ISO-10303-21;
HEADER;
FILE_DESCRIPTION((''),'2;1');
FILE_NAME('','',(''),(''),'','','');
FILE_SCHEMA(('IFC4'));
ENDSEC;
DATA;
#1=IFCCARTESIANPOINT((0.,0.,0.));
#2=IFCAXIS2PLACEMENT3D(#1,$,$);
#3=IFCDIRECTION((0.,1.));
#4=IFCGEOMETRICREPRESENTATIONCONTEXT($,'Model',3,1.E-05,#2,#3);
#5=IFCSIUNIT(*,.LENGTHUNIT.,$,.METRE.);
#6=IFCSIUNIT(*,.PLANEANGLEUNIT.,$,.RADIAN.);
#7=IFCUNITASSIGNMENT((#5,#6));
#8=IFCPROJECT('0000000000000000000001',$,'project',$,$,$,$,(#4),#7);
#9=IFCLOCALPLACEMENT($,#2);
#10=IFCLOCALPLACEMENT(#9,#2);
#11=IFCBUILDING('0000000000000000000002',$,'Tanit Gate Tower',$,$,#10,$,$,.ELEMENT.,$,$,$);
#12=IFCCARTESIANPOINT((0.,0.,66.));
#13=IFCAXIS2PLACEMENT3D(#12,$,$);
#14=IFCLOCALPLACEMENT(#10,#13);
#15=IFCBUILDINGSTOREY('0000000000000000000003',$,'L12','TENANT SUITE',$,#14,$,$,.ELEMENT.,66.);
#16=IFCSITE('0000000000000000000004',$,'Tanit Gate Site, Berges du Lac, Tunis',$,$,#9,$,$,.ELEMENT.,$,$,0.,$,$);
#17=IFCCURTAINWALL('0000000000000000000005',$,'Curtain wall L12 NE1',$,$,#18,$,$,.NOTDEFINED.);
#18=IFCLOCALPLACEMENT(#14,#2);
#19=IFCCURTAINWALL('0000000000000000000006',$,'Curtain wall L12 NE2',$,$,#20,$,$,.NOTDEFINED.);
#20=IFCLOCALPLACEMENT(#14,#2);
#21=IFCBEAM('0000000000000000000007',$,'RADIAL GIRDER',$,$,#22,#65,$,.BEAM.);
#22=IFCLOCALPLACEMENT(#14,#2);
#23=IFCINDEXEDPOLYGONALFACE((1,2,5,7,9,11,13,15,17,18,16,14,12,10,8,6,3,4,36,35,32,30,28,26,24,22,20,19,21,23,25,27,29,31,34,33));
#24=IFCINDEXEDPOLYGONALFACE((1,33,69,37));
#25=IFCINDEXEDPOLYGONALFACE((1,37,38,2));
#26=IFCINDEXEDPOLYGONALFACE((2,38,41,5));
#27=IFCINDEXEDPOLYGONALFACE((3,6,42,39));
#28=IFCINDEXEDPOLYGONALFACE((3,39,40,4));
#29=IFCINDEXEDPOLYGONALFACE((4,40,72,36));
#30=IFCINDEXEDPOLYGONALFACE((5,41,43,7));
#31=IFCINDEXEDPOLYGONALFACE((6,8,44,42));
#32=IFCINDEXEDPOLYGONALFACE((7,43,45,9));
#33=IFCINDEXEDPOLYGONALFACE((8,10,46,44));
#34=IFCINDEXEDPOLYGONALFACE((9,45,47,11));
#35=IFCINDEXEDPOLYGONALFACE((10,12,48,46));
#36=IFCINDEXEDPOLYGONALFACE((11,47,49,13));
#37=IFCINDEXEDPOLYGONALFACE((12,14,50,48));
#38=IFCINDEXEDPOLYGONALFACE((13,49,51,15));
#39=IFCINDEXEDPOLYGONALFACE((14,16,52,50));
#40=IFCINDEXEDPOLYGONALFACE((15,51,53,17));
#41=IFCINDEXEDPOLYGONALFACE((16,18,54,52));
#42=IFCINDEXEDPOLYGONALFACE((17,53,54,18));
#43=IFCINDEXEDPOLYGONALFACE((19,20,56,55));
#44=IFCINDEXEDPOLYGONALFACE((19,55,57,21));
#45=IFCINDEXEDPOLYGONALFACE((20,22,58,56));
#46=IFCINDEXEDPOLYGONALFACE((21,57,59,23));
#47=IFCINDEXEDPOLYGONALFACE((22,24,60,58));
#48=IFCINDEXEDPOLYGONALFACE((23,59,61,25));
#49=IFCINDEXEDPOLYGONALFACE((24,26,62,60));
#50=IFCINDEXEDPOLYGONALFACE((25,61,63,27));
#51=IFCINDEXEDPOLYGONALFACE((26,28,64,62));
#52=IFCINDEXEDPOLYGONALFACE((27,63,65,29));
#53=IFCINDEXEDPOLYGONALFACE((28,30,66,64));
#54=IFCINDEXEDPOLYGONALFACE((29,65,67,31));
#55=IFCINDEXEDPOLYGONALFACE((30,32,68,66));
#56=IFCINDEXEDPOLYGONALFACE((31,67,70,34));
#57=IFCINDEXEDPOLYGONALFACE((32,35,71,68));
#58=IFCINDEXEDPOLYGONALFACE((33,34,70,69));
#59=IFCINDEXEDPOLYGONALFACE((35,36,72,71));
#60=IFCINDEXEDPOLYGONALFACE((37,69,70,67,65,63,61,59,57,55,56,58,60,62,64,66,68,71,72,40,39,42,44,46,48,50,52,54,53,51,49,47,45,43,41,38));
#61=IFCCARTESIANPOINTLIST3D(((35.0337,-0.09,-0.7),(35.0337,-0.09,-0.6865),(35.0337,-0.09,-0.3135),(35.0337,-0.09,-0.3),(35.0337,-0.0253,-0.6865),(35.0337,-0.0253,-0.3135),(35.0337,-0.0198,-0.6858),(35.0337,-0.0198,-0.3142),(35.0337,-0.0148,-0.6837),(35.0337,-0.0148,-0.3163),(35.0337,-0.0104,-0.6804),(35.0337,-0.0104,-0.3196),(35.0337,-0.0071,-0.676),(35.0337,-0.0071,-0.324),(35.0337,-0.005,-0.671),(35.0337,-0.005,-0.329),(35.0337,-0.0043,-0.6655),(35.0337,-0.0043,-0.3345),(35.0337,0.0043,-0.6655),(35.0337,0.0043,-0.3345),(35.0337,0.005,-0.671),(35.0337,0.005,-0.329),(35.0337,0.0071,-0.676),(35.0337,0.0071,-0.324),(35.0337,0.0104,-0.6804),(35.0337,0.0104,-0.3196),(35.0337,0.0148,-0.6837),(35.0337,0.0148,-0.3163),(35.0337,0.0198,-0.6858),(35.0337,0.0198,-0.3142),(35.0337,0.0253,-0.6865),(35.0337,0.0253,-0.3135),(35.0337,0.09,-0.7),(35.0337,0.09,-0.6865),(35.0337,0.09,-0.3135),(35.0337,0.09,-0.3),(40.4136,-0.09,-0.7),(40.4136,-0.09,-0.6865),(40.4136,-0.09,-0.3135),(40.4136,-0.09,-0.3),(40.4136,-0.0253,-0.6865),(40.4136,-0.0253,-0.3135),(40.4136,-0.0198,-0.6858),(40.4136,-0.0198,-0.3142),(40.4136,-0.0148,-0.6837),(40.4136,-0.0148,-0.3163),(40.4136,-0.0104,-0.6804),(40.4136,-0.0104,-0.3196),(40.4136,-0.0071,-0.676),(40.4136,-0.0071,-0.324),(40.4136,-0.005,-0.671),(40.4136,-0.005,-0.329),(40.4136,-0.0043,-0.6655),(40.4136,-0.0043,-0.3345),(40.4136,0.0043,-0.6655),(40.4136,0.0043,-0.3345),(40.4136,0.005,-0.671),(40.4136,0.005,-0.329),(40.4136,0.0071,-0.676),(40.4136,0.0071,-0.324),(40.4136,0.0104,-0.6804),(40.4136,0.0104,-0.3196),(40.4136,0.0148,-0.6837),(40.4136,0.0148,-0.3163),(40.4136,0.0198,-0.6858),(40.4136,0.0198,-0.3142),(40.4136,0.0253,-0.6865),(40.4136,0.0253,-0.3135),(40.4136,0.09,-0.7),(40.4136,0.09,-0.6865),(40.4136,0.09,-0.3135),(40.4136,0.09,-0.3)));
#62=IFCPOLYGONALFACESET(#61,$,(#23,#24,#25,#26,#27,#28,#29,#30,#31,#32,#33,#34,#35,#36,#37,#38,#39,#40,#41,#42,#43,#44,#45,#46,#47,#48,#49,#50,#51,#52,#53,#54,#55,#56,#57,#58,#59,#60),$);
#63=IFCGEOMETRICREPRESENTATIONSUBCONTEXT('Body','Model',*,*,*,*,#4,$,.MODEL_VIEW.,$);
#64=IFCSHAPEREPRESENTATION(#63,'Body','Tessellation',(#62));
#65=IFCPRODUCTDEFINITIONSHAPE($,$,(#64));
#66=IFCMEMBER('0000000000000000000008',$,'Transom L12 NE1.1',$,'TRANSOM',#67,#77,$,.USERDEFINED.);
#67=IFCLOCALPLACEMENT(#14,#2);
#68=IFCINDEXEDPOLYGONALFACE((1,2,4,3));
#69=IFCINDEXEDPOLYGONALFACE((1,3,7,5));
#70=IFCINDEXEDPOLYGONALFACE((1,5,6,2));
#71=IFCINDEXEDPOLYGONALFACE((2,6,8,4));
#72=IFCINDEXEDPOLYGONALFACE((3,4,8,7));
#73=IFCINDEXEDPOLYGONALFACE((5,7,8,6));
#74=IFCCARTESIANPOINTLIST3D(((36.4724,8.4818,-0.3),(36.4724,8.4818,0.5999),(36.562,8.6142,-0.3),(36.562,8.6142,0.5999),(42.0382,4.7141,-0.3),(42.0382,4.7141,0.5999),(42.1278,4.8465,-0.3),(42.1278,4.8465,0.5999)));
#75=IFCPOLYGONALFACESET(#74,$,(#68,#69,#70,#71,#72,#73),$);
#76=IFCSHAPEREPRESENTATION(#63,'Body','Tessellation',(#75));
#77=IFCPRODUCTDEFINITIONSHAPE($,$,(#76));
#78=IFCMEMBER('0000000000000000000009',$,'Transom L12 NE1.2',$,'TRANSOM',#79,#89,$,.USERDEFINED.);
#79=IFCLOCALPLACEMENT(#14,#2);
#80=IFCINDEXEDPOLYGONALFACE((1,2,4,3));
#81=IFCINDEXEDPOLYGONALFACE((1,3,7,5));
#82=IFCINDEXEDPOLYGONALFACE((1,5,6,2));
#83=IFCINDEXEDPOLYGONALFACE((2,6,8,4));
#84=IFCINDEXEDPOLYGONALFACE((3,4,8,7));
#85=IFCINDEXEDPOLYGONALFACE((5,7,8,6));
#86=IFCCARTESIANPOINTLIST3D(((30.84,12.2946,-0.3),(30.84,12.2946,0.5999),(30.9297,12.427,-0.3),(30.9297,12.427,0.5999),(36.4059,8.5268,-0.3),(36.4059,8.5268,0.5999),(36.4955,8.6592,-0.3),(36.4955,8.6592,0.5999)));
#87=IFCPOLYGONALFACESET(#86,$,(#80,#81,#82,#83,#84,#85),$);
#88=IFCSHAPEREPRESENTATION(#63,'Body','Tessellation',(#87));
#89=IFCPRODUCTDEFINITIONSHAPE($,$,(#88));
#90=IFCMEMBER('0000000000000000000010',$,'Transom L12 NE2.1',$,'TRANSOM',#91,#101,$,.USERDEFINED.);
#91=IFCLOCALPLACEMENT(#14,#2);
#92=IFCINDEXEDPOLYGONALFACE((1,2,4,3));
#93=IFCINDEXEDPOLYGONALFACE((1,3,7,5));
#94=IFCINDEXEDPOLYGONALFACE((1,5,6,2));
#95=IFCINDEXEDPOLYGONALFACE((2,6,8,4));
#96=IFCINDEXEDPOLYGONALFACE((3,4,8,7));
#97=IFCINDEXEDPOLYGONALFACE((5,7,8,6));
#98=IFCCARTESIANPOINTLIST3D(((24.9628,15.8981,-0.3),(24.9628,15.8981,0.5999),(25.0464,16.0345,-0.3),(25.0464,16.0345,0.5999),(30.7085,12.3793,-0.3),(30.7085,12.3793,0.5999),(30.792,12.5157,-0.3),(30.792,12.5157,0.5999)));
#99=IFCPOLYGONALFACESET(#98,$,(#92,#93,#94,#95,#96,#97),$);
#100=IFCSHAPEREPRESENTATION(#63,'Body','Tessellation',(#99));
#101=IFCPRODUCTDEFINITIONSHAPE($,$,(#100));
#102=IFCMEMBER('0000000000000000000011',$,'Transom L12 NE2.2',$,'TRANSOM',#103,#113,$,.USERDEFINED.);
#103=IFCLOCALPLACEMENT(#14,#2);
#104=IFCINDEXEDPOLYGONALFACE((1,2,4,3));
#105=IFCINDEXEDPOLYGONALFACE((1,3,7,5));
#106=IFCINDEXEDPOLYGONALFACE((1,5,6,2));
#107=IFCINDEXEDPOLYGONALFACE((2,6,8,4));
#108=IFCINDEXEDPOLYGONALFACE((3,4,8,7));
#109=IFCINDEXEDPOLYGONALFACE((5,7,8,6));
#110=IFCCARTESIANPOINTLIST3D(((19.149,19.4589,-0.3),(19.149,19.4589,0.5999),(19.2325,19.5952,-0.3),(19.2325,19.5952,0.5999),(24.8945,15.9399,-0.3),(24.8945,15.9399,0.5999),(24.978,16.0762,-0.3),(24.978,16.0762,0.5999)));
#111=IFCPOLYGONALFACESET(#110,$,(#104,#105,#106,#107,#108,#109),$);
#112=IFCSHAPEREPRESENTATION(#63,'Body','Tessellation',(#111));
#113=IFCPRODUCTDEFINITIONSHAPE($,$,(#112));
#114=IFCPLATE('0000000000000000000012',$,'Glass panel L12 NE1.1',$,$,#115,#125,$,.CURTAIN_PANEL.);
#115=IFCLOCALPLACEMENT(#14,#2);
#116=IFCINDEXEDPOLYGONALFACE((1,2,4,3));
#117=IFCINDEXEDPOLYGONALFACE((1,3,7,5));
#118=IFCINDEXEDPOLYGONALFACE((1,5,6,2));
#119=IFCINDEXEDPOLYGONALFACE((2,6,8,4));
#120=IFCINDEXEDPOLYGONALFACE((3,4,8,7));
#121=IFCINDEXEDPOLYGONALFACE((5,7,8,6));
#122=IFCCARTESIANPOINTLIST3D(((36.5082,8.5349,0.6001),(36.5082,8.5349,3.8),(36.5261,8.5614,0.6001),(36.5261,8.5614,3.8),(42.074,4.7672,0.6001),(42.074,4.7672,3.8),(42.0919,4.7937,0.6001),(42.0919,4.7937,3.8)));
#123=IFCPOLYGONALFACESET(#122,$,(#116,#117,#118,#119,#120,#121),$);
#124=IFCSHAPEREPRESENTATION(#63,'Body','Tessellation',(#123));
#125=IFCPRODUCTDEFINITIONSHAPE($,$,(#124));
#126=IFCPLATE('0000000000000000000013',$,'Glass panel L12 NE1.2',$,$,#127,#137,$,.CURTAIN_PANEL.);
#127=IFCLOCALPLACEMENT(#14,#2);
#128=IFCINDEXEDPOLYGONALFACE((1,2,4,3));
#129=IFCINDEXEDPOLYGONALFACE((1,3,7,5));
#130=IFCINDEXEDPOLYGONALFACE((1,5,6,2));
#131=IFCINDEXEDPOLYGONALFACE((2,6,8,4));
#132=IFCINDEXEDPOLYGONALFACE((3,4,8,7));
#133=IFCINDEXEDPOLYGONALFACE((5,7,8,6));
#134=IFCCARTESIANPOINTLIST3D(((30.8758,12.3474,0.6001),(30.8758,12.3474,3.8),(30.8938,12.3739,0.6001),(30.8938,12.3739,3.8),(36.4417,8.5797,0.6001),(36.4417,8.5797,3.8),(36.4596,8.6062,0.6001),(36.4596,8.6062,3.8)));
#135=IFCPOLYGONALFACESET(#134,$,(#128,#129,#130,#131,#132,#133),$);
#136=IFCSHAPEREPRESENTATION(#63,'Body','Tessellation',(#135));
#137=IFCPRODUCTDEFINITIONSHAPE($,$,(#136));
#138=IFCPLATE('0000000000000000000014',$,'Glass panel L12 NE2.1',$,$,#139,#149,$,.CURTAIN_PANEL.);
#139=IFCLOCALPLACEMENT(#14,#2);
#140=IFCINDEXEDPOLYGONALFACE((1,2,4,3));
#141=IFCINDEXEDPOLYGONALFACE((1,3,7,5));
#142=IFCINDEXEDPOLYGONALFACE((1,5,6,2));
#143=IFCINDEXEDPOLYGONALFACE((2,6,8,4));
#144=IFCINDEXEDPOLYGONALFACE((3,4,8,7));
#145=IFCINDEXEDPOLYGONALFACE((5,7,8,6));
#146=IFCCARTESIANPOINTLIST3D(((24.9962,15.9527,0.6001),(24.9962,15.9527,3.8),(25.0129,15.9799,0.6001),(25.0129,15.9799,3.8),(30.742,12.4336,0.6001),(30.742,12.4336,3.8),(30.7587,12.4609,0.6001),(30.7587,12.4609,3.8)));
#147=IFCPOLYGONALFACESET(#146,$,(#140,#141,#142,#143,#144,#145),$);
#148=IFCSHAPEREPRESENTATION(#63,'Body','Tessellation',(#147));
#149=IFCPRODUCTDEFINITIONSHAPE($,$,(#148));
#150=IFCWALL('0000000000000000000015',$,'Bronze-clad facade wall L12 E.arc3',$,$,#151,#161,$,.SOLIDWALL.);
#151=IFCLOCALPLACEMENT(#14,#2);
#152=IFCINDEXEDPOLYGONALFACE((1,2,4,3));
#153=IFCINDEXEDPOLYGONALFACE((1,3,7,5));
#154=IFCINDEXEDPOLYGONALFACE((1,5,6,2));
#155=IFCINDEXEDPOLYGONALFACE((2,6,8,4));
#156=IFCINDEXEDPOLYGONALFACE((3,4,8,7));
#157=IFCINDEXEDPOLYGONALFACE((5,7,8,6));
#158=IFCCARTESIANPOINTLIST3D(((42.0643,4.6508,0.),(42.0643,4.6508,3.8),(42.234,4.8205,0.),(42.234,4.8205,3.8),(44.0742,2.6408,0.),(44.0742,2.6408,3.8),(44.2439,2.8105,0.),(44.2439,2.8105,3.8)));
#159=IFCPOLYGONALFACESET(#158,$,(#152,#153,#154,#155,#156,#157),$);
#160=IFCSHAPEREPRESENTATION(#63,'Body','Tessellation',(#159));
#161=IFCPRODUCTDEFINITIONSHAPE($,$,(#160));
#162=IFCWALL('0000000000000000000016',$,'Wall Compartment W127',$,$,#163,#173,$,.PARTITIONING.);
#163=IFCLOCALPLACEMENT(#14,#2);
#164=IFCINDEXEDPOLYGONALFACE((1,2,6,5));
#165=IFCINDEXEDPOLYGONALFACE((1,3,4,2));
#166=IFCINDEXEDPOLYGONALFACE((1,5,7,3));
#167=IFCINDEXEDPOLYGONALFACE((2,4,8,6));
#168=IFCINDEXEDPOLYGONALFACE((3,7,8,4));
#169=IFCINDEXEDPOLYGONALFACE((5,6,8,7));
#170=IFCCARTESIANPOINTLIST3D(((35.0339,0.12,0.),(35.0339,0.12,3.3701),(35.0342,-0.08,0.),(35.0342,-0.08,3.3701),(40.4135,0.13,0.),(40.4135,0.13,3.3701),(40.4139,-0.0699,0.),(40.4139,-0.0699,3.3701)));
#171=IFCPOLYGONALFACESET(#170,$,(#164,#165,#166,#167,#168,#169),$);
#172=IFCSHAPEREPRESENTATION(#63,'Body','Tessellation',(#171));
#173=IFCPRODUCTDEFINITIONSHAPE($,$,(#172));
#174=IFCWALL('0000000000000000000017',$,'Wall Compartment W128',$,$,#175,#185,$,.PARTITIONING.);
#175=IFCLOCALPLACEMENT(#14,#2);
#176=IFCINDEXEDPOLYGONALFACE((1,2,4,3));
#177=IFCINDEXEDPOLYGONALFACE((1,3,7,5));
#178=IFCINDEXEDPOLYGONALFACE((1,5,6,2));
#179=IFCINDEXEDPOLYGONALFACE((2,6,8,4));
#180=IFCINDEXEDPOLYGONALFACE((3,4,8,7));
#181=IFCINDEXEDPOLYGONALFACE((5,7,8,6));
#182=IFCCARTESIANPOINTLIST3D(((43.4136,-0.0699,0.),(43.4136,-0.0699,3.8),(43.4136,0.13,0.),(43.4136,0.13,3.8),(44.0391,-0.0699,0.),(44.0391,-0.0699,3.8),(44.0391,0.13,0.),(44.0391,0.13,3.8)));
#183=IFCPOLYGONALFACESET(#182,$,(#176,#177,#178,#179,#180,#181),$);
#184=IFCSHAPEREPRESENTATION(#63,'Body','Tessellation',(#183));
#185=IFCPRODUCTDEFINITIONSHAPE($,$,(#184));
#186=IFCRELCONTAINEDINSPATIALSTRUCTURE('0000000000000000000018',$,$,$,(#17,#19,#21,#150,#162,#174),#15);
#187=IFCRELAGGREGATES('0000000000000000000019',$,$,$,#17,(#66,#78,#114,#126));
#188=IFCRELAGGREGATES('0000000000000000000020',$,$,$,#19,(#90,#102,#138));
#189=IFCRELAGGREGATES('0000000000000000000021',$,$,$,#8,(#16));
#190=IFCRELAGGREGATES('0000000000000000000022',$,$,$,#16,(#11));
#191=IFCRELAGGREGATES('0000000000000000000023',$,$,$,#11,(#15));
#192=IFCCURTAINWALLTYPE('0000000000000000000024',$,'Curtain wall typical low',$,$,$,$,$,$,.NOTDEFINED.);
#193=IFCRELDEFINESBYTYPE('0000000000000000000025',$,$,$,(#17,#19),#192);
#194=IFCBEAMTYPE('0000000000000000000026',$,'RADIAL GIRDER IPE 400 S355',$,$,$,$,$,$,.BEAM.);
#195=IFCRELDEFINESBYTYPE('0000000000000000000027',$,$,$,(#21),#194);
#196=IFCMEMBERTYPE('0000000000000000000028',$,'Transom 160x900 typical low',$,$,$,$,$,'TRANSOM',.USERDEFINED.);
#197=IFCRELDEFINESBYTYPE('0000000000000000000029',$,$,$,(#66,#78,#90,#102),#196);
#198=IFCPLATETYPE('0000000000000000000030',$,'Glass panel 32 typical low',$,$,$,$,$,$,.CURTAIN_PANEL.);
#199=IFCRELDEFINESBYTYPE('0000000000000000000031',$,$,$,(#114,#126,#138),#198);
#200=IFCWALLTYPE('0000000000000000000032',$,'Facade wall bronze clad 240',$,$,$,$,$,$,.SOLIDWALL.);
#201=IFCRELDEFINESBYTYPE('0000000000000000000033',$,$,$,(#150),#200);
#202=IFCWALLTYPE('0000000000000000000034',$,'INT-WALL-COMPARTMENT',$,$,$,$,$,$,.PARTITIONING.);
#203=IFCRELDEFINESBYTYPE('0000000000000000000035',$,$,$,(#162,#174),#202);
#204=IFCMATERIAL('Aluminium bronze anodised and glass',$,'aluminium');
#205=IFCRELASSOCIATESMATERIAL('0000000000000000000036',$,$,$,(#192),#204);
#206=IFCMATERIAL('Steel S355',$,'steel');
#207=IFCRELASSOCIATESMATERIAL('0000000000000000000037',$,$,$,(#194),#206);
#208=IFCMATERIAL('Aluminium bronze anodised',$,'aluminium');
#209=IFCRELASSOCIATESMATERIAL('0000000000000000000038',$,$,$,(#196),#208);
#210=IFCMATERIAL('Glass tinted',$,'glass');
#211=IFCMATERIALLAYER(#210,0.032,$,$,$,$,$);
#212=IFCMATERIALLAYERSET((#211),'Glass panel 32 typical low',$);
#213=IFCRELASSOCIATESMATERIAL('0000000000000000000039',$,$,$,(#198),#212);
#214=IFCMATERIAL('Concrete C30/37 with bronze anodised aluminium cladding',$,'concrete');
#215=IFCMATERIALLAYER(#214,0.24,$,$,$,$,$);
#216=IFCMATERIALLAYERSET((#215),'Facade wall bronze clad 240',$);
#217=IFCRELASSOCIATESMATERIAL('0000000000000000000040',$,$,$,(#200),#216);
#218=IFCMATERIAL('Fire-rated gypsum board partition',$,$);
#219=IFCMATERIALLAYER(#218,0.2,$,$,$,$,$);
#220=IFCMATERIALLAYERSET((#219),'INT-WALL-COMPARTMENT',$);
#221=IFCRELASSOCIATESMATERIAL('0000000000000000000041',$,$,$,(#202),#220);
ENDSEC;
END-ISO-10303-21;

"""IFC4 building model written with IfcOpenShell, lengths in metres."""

from ifc_helpers import new_model, si_unit, direction, frame, frame_2d, origin, origin_2d, place, context, subcontext, project, spatial, rectangle, i_section, extrude, material, layer, layer_set, material_profile, profile_set, type_object, element, aggregate, save


model = new_model("IFC4")

# Units and contexts
model_context = context("Model", 3, precision=1e-05, world=origin(), true_north=direction((0.0, 1.0)))
body_context = subcontext(model_context, "Body", "Model", "MODEL_VIEW")
ifc_project = project(units=[si_unit("LENGTHUNIT", "METRE"), si_unit("PLANEANGLEUNIT", "RADIAN")], contexts=[model_context])

# Site, building, storey
site_placement = place(None, origin())
site = spatial("IfcSite", under=ifc_project, at=site_placement, Name="Tanit Gate Site, Berges du Lac, Tunis", CompositionType="ELEMENT", RefElevation=0.0)
building_placement = place(site_placement, origin())
building = spatial("IfcBuilding", under=site, at=building_placement, Name="Tanit Gate Tower", CompositionType="ELEMENT")
storey_placement = place(building_placement, frame((0.0, 0.0, 66.0)))
storey = spatial("IfcBuildingStorey", under=building, at=storey_placement, Name="L12", Description="TENANT SUITE", CompositionType="ELEMENT", Elevation=66.0)

# Curtain walls
ifc_material_1 = material(Name="Aluminium bronze anodised and glass", Category="aluminium")
curtain_wall_type = type_object("IfcCurtainWallType", Name="Curtain wall typical low", PredefinedType="NOTDEFINED", material=ifc_material_1)
curtain_wall_1_placement = place(storey_placement, origin())
curtain_wall_1 = element("IfcCurtainWall", 1, at=curtain_wall_1_placement, inside=storey, type_object=curtain_wall_type, Name="Curtain wall L12 NE1", PredefinedType="NOTDEFINED")
curtain_wall_2_placement = place(storey_placement, origin())
curtain_wall_2 = element("IfcCurtainWall", 2, at=curtain_wall_2_placement, inside=storey, type_object=curtain_wall_type, Name="Curtain wall L12 NE2", PredefinedType="NOTDEFINED")

# Beam
ifc_material_2 = material(Name="Steel S355", Category="steel")
ifc_material_profile_1 = material_profile(ifc_material_2, i_section(OverallWidth=0.1799, OverallDepth=0.3999, WebThickness=0.0085, FlangeThickness=0.0134, FilletRadius=0.021, at=origin_2d()), Name="IPE 400")
ifc_profile_set_1 = profile_set([ifc_material_profile_1], Name="Steel S355")
beam_type_1 = type_object("IfcBeamType", Name="RADIAL GIRDER IPE 400 S355", PredefinedType="BEAM", material=ifc_profile_set_1)
beam_1_placement = place(storey_placement, frame((40.4136, 0.0, -0.5), z_axis=(-1.0, 0.0, 0.0), x_axis=(0.0, -1.0, 0.0)))
element("IfcBeam", 3, at=beam_1_placement, inside=storey, type_object=beam_type_1, Name="RADIAL GIRDER", PredefinedType="BEAM", context=body_context, shape_type="SweptSolid", body=[
    extrude(i_section(OverallWidth=0.1799, OverallDepth=0.3999, WebThickness=0.0085, FlangeThickness=0.0134, FilletRadius=0.021, at=origin_2d()), origin(), (0.0, 0.0, 1.0), 5.3799),
])

# Members
ifc_material_3 = material(Name="Aluminium bronze anodised", Category="aluminium")
ifc_material_profile_2 = material_profile(ifc_material_3, rectangle(XDim=0.1599, YDim=0.8999, at=origin_2d()), Name="160x900 bronze transom")
ifc_profile_set_2 = profile_set([ifc_material_profile_2], Name="Aluminium bronze anodised")
member_type_1 = type_object("IfcMemberType", Name="Transom 160x900 typical low", ElementType="TRANSOM", PredefinedType="USERDEFINED", material=ifc_profile_set_2)
member_1_placement = place(storey_placement, frame((42.083, 4.7803, 0.1499), z_axis=(-0.828101, 0.560579, 0.0), x_axis=(-0.560579, -0.828101, 0.0)))
member_1 = element("IfcMember", 4, at=member_1_placement, type_object=member_type_1, Name="Transom L12 NE1.1", ObjectType="TRANSOM", PredefinedType="USERDEFINED", context=body_context, shape_type="SweptSolid", body=[
    extrude(rectangle(XDim=0.1599, YDim=0.8999, at=origin_2d()), origin(), (0.0, 0.0, 1.0), 6.7212),
])
member_2_placement = place(storey_placement, frame((36.4507, 8.593, 0.1499), z_axis=(-0.828101, 0.560579, 0.0), x_axis=(-0.560579, -0.828101, 0.0)))
member_2 = element("IfcMember", 5, at=member_2_placement, type_object=member_type_1, Name="Transom L12 NE1.2", ObjectType="TRANSOM", PredefinedType="USERDEFINED", context=body_context, shape_type="SweptSolid", body=[
    extrude(rectangle(XDim=0.1599, YDim=0.8999, at=origin_2d()), origin(), (0.0, 0.0, 1.0), 6.7212),
])
member_3_placement = place(storey_placement, frame((30.7502, 12.4475, 0.1499), z_axis=(-0.85278, 0.522271, 0.0), x_axis=(-0.522271, -0.85278, 0.0)))
member_3 = element("IfcMember", 6, at=member_3_placement, type_object=member_type_1, Name="Transom L12 NE2.1", ObjectType="TRANSOM", PredefinedType="USERDEFINED", context=body_context, shape_type="SweptSolid", body=[
    extrude(rectangle(XDim=0.1599, YDim=0.8999, at=origin_2d()), origin(), (0.0, 0.0, 1.0), 6.7375),
])
member_4_placement = place(storey_placement, frame((24.9363, 16.0081, 0.1499), z_axis=(-0.852764, 0.522297, 0.0), x_axis=(-0.522297, -0.852764, 0.0)))
member_4 = element("IfcMember", 7, at=member_4_placement, type_object=member_type_1, Name="Transom L12 NE2.2", ObjectType="TRANSOM", PredefinedType="USERDEFINED", context=body_context, shape_type="SweptSolid", body=[
    extrude(rectangle(XDim=0.1599, YDim=0.8999, at=origin_2d()), origin(), (0.0, 0.0, 1.0), 6.7375),
])

# Plates
ifc_material_4 = material(Name="Glass tinted", Category="glass")
ifc_layer_1 = layer(ifc_material_4, 0.032)
ifc_layer_set_1 = layer_set([ifc_layer_1], Name="Glass panel 32 typical low")
plate_type = type_object("IfcPlateType", Name="Glass panel 32 typical low", PredefinedType="CURTAIN_PANEL", material=ifc_layer_set_1)
plate_1_placement = place(storey_placement, frame((39.3, 6.6643, 0.6001), z_axis=(0.0, 0.0, 1.0), x_axis=(-0.828105, 0.560574, 0.0)))
plate_1 = element("IfcPlate", 8, at=plate_1_placement, type_object=plate_type, Name="Glass panel L12 NE1.1", PredefinedType="CURTAIN_PANEL", context=body_context, shape_type="SweptSolid", body=[
    extrude(rectangle(XDim=6.7212, YDim=0.032, at=origin_2d()), origin(), (0.0, 0.0, 1.0), 3.2),
])
plate_2_placement = place(storey_placement, frame((33.6677, 10.4768, 0.6001), z_axis=(0.0, 0.0, 1.0), x_axis=(-0.828105, 0.560574, 0.0)))
plate_2 = element("IfcPlate", 9, at=plate_2_placement, type_object=plate_type, Name="Glass panel L12 NE1.2", PredefinedType="CURTAIN_PANEL", context=body_context, shape_type="SweptSolid", body=[
    extrude(rectangle(XDim=6.7212, YDim=0.032, at=origin_2d()), origin(), (0.0, 0.0, 1.0), 3.2),
])
aggregate(curtain_wall_1, [member_1, member_2, plate_1, plate_2])
plate_3_placement = place(storey_placement, frame((27.8774, 14.2068, 0.6001), z_axis=(0.0, 0.0, 1.0), x_axis=(-0.852772, 0.522283, 0.0)))
plate_3 = element("IfcPlate", 10, at=plate_3_placement, type_object=plate_type, Name="Glass panel L12 NE2.1", PredefinedType="CURTAIN_PANEL", context=body_context, shape_type="SweptSolid", body=[
    extrude(rectangle(XDim=6.7378, YDim=0.032, at=origin_2d()), origin(), (0.0, 0.0, 1.0), 3.2),
])
aggregate(curtain_wall_2, [member_3, member_4, plate_3])

# Walls
ifc_material_5 = material(Name="Concrete C30/37 with bronze anodised aluminium cladding", Category="concrete")
ifc_layer_2 = layer(ifc_material_5, 0.24)
ifc_layer_set_2 = layer_set([ifc_layer_2], Name="Facade wall bronze clad 240")
wall_type_1 = type_object("IfcWallType", Name="Facade wall bronze clad 240", PredefinedType="SOLIDWALL", material=ifc_layer_set_2)
wall_1_placement = place(storey_placement, frame((44.1592, 2.7256, 0.0), z_axis=(0.0, 0.0, 1.0), x_axis=(-0.707107, 0.707107, 0.0)))
element("IfcWall", 11, at=wall_1_placement, inside=storey, type_object=wall_type_1, Name="Bronze-clad facade wall L12 E.arc3", PredefinedType="SOLIDWALL", context=body_context, shape_type="SweptSolid", body=[
    extrude(rectangle(XDim=2.8425, YDim=0.24, at=frame_2d((1.4214, 0.0))), origin(), (0.0, 0.0, 1.0), 3.8),
])
ifc_material_6 = material(Name="Fire-rated gypsum board partition")
ifc_layer_3 = layer(ifc_material_6, 0.2)
ifc_layer_set_3 = layer_set([ifc_layer_3], Name="INT-WALL-COMPARTMENT")
wall_type_2 = type_object("IfcWallType", Name="INT-WALL-COMPARTMENT", PredefinedType="PARTITIONING", material=ifc_layer_set_3)
wall_2_placement = place(storey_placement, frame((35.0339, 0.02, 0.0), z_axis=(0.0, 0.0, 1.0), x_axis=(0.999998, 0.001861, 0.0)))
element("IfcWall", 12, at=wall_2_placement, inside=storey, type_object=wall_type_2, Name="Wall Compartment W127", PredefinedType="PARTITIONING", context=body_context, shape_type="SweptSolid", body=[
    extrude(rectangle(XDim=5.3796, YDim=0.2, at=frame_2d((2.6899, 0.0))), origin(), (0.0, 0.0, 1.0), 3.3701),
])
wall_3_placement = place(storey_placement, frame((43.4136, 0.03, 0.0), z_axis=(0.0, 0.0, 1.0), x_axis=(1.0, 0.0, 0.0)))
element("IfcWall", 13, at=wall_3_placement, inside=storey, type_object=wall_type_2, Name="Wall Compartment W128", PredefinedType="PARTITIONING", context=body_context, shape_type="SweptSolid", body=[
    extrude(rectangle(XDim=0.6255, YDim=0.2, at=frame_2d((0.3127, 0.0))), origin(), (0.0, 0.0, 1.0), 3.8),
])

save(model, "model.ifc")
